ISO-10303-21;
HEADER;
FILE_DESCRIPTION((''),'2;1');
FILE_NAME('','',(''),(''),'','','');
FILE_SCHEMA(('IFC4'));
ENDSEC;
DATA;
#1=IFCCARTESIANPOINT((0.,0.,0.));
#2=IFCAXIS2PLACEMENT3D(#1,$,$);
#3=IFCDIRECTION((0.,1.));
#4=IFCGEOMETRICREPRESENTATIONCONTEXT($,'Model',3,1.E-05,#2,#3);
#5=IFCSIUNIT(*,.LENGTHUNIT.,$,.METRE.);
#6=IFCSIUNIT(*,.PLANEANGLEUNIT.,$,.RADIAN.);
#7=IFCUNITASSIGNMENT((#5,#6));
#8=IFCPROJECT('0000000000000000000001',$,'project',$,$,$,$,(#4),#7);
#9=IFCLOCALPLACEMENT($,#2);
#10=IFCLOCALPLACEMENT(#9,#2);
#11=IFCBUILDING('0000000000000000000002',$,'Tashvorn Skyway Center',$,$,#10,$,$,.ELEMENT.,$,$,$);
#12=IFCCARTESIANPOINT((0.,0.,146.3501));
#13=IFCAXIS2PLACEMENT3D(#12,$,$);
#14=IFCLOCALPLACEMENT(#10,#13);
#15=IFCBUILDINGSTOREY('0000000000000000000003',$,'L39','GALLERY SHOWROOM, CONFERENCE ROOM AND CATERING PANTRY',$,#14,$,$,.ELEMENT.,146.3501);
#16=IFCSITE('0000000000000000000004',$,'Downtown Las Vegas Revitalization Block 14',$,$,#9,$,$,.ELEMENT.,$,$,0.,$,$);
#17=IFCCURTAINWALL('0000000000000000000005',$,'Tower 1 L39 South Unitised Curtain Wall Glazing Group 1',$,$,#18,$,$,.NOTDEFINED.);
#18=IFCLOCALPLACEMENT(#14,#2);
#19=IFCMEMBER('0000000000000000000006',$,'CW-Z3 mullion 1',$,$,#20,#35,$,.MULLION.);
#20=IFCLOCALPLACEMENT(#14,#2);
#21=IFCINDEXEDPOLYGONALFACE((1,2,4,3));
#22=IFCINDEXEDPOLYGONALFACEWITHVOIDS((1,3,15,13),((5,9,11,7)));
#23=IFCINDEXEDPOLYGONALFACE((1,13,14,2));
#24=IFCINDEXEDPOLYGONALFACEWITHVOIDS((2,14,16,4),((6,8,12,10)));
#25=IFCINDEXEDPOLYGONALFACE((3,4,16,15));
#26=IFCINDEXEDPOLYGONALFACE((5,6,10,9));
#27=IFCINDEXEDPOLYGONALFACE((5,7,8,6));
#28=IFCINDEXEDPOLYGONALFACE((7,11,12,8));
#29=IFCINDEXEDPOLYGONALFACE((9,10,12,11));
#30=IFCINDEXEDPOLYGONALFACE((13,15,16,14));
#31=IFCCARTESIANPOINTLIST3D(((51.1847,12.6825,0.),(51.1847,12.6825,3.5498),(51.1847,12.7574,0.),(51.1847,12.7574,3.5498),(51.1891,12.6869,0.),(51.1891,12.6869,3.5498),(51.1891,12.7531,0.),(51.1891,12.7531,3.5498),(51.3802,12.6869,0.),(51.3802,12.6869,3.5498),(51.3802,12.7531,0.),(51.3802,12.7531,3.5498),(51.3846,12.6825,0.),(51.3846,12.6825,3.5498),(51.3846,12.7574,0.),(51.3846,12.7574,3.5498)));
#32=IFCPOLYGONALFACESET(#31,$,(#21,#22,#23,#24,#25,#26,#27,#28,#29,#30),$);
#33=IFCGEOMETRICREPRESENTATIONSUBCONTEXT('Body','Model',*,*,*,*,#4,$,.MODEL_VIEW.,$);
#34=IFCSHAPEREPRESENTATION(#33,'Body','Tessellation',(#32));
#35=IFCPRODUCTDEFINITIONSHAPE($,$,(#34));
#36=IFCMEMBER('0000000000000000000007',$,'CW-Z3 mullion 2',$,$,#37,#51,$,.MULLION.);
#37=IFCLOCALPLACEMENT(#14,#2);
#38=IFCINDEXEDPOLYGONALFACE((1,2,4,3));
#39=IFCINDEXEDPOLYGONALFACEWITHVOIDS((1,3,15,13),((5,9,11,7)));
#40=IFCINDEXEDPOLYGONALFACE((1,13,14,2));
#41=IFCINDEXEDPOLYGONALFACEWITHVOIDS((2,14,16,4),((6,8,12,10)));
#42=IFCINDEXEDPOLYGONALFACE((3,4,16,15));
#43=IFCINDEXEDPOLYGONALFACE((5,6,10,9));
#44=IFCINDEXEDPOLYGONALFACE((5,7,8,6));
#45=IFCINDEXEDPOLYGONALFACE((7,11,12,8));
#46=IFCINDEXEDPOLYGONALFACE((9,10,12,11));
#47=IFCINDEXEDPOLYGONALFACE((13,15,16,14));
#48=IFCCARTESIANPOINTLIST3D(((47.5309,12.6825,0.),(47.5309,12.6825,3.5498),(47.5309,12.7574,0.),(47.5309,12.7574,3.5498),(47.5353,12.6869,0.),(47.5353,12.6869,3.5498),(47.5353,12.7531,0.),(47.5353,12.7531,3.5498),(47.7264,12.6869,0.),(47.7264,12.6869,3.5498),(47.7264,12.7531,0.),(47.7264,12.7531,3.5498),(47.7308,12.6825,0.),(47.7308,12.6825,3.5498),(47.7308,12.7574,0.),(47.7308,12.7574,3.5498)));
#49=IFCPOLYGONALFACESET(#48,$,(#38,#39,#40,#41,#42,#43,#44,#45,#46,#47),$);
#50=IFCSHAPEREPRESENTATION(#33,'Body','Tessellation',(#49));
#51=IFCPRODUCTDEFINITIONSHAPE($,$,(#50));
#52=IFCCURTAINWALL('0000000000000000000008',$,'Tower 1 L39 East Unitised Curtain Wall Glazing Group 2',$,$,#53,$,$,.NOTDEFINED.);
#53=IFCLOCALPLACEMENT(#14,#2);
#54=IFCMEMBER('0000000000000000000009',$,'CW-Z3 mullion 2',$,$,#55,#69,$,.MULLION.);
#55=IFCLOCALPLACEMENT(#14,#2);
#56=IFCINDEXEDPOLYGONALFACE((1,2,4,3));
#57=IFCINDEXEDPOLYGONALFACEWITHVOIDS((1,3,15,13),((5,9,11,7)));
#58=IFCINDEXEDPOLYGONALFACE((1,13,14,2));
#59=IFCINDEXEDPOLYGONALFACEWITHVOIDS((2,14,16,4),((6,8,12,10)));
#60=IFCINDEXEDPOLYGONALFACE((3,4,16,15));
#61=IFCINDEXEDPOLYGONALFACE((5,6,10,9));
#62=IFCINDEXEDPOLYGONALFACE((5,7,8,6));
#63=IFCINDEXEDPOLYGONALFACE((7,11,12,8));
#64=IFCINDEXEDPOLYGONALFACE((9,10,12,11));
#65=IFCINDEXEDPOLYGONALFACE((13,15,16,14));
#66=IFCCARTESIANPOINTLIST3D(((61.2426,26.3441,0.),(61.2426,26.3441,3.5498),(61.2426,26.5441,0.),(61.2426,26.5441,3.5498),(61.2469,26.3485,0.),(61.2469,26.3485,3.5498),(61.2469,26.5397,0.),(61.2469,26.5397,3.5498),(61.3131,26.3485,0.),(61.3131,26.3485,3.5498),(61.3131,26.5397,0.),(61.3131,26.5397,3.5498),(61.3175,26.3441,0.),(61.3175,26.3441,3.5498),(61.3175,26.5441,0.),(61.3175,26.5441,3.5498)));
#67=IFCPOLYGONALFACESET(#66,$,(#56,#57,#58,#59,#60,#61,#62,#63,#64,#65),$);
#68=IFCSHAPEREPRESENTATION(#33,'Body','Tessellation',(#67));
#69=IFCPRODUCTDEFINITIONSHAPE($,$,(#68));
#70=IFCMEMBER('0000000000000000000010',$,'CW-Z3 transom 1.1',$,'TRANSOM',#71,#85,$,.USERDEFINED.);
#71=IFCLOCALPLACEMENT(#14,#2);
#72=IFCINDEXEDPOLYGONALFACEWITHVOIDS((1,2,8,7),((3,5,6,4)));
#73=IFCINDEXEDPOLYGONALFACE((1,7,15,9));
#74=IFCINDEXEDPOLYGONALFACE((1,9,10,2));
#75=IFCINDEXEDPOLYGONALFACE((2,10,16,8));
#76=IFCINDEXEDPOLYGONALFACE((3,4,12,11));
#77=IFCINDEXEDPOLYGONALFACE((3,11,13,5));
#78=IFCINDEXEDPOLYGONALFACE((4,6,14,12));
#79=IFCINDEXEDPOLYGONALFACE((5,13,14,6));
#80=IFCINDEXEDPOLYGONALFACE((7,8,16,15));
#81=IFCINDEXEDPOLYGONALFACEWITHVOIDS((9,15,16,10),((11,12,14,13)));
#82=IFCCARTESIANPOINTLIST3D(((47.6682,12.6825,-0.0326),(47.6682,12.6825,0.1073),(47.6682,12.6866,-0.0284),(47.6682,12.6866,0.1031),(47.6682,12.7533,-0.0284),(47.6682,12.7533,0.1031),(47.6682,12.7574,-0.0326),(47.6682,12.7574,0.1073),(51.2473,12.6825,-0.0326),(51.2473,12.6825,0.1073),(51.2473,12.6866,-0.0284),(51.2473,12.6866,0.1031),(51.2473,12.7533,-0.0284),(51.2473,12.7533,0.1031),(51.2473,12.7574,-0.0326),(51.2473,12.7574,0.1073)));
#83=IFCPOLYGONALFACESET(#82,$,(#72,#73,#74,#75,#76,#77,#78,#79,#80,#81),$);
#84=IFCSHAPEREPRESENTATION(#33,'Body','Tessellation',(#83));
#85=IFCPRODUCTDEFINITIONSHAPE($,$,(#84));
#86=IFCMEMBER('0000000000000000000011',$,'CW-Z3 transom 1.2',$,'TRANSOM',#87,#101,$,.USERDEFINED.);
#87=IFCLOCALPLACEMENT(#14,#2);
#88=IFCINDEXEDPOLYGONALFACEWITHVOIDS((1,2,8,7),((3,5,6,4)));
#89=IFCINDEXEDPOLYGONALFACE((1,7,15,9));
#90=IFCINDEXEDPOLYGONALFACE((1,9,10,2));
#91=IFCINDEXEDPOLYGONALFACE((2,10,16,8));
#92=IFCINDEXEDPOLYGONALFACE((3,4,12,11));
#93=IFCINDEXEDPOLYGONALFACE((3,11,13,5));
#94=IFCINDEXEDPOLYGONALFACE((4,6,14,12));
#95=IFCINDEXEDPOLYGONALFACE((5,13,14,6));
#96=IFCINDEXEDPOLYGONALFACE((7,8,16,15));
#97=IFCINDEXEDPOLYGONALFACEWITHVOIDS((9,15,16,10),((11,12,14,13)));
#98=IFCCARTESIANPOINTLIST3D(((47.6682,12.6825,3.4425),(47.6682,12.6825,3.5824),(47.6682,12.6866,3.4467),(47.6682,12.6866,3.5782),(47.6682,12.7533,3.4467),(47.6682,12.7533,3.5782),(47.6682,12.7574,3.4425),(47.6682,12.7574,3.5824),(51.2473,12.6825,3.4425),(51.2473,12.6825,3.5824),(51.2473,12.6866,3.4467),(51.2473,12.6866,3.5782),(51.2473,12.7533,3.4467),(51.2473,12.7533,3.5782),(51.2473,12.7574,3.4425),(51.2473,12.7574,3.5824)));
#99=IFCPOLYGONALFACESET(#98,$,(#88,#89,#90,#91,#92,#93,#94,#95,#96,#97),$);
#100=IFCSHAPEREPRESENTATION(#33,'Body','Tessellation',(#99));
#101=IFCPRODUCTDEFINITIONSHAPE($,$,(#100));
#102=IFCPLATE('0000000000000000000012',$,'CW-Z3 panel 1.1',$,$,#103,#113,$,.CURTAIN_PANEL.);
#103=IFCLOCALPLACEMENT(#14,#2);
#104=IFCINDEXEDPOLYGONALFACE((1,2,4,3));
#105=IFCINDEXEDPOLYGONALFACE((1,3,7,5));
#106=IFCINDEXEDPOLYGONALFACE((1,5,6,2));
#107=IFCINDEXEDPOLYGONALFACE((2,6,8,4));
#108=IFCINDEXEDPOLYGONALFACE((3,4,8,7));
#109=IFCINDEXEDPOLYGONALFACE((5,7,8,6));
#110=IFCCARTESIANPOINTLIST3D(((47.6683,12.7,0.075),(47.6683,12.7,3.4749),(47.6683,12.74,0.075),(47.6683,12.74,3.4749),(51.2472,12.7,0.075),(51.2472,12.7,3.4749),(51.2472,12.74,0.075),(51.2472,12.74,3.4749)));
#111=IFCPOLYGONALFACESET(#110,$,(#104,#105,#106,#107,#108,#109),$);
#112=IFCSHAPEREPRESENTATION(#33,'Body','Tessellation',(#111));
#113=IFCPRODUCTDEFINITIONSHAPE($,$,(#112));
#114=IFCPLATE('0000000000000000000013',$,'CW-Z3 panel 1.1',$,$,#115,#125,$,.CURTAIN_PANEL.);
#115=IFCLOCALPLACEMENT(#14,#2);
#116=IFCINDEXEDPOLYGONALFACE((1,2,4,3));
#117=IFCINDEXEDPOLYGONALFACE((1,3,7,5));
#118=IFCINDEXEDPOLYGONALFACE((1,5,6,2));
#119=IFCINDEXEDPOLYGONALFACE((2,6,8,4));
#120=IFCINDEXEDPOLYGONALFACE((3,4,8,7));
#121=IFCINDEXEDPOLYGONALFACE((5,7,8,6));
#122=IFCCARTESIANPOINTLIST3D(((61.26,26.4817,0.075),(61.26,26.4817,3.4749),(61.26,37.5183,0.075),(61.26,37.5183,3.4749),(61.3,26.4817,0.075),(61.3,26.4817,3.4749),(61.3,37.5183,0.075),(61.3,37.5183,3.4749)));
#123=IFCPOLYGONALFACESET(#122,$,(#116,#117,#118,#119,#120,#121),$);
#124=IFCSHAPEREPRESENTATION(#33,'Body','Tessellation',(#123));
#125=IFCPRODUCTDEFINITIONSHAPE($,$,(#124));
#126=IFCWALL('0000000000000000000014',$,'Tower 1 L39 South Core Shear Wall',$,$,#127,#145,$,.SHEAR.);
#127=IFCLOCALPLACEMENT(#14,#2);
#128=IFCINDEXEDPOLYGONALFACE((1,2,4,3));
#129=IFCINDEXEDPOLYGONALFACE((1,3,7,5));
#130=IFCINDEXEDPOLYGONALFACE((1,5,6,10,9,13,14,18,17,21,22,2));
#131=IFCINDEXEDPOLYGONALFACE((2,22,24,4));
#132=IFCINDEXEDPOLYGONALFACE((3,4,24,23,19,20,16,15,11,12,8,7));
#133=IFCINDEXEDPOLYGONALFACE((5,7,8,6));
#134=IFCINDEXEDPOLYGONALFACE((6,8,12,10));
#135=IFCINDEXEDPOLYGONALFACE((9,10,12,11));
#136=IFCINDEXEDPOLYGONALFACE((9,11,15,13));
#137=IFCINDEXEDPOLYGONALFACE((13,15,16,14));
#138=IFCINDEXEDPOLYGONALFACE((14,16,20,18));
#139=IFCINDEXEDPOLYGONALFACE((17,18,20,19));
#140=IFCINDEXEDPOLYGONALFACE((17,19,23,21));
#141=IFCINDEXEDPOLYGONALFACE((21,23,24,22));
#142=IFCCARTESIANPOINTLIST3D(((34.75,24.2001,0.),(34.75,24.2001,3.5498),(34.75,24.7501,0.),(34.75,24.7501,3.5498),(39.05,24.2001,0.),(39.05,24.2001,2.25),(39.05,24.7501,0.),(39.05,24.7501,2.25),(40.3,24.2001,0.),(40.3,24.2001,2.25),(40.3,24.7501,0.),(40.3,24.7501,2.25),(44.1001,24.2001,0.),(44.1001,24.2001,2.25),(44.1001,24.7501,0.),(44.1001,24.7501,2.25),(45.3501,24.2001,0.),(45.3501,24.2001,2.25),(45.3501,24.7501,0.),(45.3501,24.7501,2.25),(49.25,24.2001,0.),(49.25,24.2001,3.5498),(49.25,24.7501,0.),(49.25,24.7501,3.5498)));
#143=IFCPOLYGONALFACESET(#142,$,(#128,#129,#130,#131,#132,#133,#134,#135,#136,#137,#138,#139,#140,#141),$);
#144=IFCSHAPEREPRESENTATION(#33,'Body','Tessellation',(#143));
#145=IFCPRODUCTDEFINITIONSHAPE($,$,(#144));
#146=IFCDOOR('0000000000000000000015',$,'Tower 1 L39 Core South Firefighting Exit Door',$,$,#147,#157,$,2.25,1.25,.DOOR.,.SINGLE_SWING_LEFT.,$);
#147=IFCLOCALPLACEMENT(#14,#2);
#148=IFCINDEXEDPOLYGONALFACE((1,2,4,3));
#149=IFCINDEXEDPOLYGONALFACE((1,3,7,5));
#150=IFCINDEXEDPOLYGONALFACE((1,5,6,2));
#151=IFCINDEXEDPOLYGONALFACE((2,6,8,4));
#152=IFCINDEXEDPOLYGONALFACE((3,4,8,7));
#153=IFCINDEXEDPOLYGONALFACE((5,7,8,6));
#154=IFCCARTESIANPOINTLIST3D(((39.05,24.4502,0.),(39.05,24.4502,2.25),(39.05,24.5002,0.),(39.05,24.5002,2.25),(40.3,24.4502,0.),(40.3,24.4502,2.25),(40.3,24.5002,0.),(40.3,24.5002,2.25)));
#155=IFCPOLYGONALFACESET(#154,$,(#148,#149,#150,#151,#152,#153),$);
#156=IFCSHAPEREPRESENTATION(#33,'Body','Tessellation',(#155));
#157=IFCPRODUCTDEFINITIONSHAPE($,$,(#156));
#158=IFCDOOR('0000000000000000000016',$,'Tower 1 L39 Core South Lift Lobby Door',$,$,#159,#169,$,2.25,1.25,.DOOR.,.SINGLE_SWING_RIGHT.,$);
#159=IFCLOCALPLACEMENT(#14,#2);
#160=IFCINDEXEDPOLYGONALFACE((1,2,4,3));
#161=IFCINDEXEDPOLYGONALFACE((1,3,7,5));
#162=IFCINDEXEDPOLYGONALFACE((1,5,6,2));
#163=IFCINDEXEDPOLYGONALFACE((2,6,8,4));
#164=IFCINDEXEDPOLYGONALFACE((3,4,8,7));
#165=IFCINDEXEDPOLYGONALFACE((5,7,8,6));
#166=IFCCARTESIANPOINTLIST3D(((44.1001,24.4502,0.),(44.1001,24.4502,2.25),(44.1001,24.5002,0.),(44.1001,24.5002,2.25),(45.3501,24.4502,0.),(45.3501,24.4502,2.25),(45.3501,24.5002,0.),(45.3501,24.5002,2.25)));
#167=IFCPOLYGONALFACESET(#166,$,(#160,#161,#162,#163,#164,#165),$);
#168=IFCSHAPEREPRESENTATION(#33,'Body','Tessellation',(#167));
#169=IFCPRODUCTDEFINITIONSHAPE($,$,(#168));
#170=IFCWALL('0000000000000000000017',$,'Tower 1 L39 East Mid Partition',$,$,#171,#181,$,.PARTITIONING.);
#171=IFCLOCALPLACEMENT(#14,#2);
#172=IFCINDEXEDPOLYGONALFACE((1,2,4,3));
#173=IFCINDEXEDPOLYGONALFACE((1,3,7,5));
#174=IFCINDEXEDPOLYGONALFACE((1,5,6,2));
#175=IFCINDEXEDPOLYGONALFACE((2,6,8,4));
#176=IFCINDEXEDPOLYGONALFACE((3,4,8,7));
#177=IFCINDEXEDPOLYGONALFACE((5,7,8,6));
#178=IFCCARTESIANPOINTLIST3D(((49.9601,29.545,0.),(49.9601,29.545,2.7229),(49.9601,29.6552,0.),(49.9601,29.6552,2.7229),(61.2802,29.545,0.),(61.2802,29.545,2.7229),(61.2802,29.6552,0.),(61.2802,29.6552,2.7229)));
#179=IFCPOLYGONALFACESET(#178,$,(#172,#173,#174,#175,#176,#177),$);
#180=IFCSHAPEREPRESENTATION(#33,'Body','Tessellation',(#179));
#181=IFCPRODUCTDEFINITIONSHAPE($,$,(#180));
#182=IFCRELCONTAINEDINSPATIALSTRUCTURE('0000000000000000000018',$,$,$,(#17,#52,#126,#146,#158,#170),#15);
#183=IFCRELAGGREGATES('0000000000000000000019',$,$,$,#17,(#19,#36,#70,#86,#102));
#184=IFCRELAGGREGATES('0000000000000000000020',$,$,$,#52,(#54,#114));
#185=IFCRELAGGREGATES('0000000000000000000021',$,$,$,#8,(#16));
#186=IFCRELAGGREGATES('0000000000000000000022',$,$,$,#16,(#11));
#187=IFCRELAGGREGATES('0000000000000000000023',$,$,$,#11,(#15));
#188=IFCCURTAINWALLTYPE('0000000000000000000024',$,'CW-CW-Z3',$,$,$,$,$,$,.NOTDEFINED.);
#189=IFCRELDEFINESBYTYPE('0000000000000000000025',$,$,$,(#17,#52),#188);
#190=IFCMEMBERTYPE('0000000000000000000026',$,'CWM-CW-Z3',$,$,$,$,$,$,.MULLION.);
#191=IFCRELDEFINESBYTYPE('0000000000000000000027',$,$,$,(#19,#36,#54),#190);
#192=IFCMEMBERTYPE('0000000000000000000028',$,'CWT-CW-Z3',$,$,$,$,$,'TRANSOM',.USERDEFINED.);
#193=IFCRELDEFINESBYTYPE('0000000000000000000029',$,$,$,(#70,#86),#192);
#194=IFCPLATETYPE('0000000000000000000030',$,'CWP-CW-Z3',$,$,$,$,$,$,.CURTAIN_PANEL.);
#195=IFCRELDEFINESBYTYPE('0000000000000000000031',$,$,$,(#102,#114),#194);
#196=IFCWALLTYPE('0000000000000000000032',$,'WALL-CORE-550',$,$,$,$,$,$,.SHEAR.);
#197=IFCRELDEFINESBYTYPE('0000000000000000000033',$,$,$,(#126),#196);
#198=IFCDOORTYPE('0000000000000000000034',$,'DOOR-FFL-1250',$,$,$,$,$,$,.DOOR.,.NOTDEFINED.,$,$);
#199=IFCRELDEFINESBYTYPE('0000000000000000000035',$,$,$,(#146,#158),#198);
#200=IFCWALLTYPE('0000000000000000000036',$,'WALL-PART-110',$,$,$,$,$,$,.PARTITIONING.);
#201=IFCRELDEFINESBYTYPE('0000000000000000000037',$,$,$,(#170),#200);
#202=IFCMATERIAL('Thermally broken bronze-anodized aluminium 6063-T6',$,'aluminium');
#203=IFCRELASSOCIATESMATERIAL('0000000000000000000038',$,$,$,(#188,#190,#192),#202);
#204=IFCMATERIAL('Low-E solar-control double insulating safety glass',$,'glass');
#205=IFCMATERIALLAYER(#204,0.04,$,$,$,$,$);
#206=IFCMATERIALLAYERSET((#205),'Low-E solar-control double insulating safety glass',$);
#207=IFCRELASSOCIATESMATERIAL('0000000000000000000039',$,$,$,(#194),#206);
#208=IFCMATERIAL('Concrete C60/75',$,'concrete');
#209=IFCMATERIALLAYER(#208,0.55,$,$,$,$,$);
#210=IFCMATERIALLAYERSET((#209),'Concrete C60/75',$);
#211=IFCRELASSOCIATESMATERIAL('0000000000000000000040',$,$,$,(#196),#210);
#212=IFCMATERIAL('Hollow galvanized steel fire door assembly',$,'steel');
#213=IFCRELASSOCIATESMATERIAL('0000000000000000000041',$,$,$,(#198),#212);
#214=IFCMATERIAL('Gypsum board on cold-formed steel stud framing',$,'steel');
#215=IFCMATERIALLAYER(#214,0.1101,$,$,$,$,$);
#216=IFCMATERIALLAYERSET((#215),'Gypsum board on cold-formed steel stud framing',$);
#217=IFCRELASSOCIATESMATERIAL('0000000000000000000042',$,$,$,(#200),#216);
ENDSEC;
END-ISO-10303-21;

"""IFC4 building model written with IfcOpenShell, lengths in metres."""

from ifc_helpers import new_model, si_unit, direction, frame, frame_2d, origin, origin_2d, place, context, subcontext, project, spatial, rectangle, hollow_rectangle, extrude, material, layer, layer_set, material_profile, profile_set, type_object, element, fill, aggregate, save


model = new_model("IFC4")

# Units and contexts
model_context = context("Model", 3, precision=1e-05, world=origin(), true_north=direction((0.0, 1.0)))
body_context = subcontext(model_context, "Body", "Model", "MODEL_VIEW")
ifc_project = project(units=[si_unit("LENGTHUNIT", "METRE"), si_unit("PLANEANGLEUNIT", "RADIAN")], contexts=[model_context])

# Site, building, storey
site_placement = place(None, origin())
site = spatial("IfcSite", under=ifc_project, at=site_placement, Name="Downtown Las Vegas Revitalization Block 14", CompositionType="ELEMENT", RefElevation=0.0)
building_placement = place(site_placement, origin())
building = spatial("IfcBuilding", under=site, at=building_placement, Name="Tashvorn Skyway Center", CompositionType="ELEMENT")
storey_placement = place(building_placement, frame((0.0, 0.0, 146.3501)))
storey = spatial("IfcBuildingStorey", under=building, at=storey_placement, Name="L39", Description="GALLERY SHOWROOM, CONFERENCE ROOM AND CATERING PANTRY", CompositionType="ELEMENT", Elevation=146.3501)

# Curtain wall, members
ifc_material_1 = material(Name="Thermally broken bronze-anodized aluminium 6063-T6", Category="aluminium")
curtain_wall_type = type_object("IfcCurtainWallType", Name="CW-CW-Z3", PredefinedType="NOTDEFINED", material=ifc_material_1)
curtain_wall_1_placement = place(storey_placement, origin())
curtain_wall_1 = element("IfcCurtainWall", 1, at=curtain_wall_1_placement, inside=storey, type_object=curtain_wall_type, Name="Tower 1 L39 South Unitised Curtain Wall Glazing Group 1", PredefinedType="NOTDEFINED")
ifc_material_profile_1 = material_profile(ifc_material_1, hollow_rectangle(XDim=0.075, YDim=0.2, WallThickness=0.0044, at=origin_2d()), Name="ALU-MULL-75x200")
ifc_profile_set_1 = profile_set([ifc_material_profile_1], Name="Thermally broken bronze-anodized aluminium 6063-T6")
member_type_1 = type_object("IfcMemberType", Name="CWM-CW-Z3", PredefinedType="MULLION", material=ifc_profile_set_1)
member_1_placement = place(storey_placement, frame((51.2847, 12.72, 0.0), z_axis=(0.0, 0.0, 1.0), x_axis=(0.0, -1.0, 0.0)))
member_1 = element("IfcMember", 2, at=member_1_placement, type_object=member_type_1, Name="CW-Z3 mullion 1", PredefinedType="MULLION", context=body_context, shape_type="SweptSolid", body=[
    extrude(hollow_rectangle(XDim=0.075, YDim=0.2, WallThickness=0.0044, at=origin_2d()), origin(), (0.0, 0.0, 1.0), 3.5498),
])
member_2_placement = place(storey_placement, frame((47.6309, 12.72, 0.0), z_axis=(0.0, 0.0, 1.0), x_axis=(0.0, -1.0, 0.0)))
member_2 = element("IfcMember", 3, at=member_2_placement, type_object=member_type_1, Name="CW-Z3 mullion 2", PredefinedType="MULLION", context=body_context, shape_type="SweptSolid", body=[
    extrude(hollow_rectangle(XDim=0.075, YDim=0.2, WallThickness=0.0044, at=origin_2d()), origin(), (0.0, 0.0, 1.0), 3.5498),
])

# Curtain wall, member
curtain_wall_2_placement = place(storey_placement, origin())
curtain_wall_2 = element("IfcCurtainWall", 4, at=curtain_wall_2_placement, inside=storey, type_object=curtain_wall_type, Name="Tower 1 L39 East Unitised Curtain Wall Glazing Group 2", PredefinedType="NOTDEFINED")
member_3_placement = place(storey_placement, frame((61.28, 26.4441, 0.0), z_axis=(0.0, 0.0, 1.0), x_axis=(1.0, 0.0, 0.0)))
member_3 = element("IfcMember", 5, at=member_3_placement, type_object=member_type_1, Name="CW-Z3 mullion 2", PredefinedType="MULLION", context=body_context, shape_type="SweptSolid", body=[
    extrude(hollow_rectangle(XDim=0.075, YDim=0.2, WallThickness=0.0044, at=origin_2d()), origin(), (0.0, 0.0, 1.0), 3.5498),
])

# Members
ifc_material_profile_2 = material_profile(ifc_material_1, hollow_rectangle(XDim=0.075, YDim=0.1399, WallThickness=0.0042, at=origin_2d()), Name="ALU-TRAN-75x140")
ifc_profile_set_2 = profile_set([ifc_material_profile_2], Name="Thermally broken bronze-anodized aluminium 6063-T6")
member_type_2 = type_object("IfcMemberType", Name="CWT-CW-Z3", ElementType="TRANSOM", PredefinedType="USERDEFINED", material=ifc_profile_set_2)
member_4_placement = place(storey_placement, frame((51.2473, 12.72, 0.0374), z_axis=(-1.0, 0.0, 0.0), x_axis=(0.0, -1.0, 0.0)))
member_4 = element("IfcMember", 6, at=member_4_placement, type_object=member_type_2, Name="CW-Z3 transom 1.1", ObjectType="TRANSOM", PredefinedType="USERDEFINED", context=body_context, shape_type="SweptSolid", body=[
    extrude(hollow_rectangle(XDim=0.075, YDim=0.1399, WallThickness=0.0042, at=origin_2d()), origin(), (0.0, 0.0, 1.0), 3.5791),
])
member_5_placement = place(storey_placement, frame((51.2473, 12.72, 3.5125), z_axis=(-1.0, 0.0, 0.0), x_axis=(0.0, -1.0, 0.0)))
member_5 = element("IfcMember", 7, at=member_5_placement, type_object=member_type_2, Name="CW-Z3 transom 1.2", ObjectType="TRANSOM", PredefinedType="USERDEFINED", context=body_context, shape_type="SweptSolid", body=[
    extrude(hollow_rectangle(XDim=0.075, YDim=0.1399, WallThickness=0.0042, at=origin_2d()), origin(), (0.0, 0.0, 1.0), 3.5791),
])

# Plates
ifc_material_2 = material(Name="Low-E solar-control double insulating safety glass", Category="glass")
ifc_layer_1 = layer(ifc_material_2, 0.04)
ifc_layer_set_1 = layer_set([ifc_layer_1], Name="Low-E solar-control double insulating safety glass")
plate_type = type_object("IfcPlateType", Name="CWP-CW-Z3", PredefinedType="CURTAIN_PANEL", material=ifc_layer_set_1)
plate_1_placement = place(storey_placement, frame((49.4578, 12.72, 0.075), z_axis=(0.0, 0.0, 1.0), x_axis=(-1.0, 0.0, 0.0)))
plate_1 = element("IfcPlate", 8, at=plate_1_placement, type_object=plate_type, Name="CW-Z3 panel 1.1", PredefinedType="CURTAIN_PANEL", context=body_context, shape_type="SweptSolid", body=[
    extrude(rectangle(XDim=3.5789, YDim=0.04, at=origin_2d()), origin(), (0.0, 0.0, 1.0), 3.3999),
])
aggregate(curtain_wall_1, [member_1, member_2, member_4, member_5, plate_1])
plate_2_placement = place(storey_placement, frame((61.28, 32.0, 0.075), z_axis=(0.0, 0.0, 1.0), x_axis=(0.0, -1.0, 0.0)))
plate_2 = element("IfcPlate", 9, at=plate_2_placement, type_object=plate_type, Name="CW-Z3 panel 1.1", PredefinedType="CURTAIN_PANEL", context=body_context, shape_type="SweptSolid", body=[
    extrude(rectangle(XDim=11.0366, YDim=0.04, at=origin_2d()), origin(), (0.0, 0.0, 1.0), 3.3999),
])
aggregate(curtain_wall_2, [member_3, plate_2])

# Wall, openings, doors
ifc_material_3 = material(Name="Concrete C60/75", Category="concrete")
ifc_layer_2 = layer(ifc_material_3, 0.55)
ifc_layer_set_2 = layer_set([ifc_layer_2], Name="Concrete C60/75")
wall_type_1 = type_object("IfcWallType", Name="WALL-CORE-550", PredefinedType="SHEAR", material=ifc_layer_set_2)
wall_1_placement = place(storey_placement, frame((49.25, 24.4751, 0.0), z_axis=(0.0, 0.0, 1.0), x_axis=(-1.0, 0.0, 0.0)))
wall_1 = element("IfcWall", 10, at=wall_1_placement, inside=storey, type_object=wall_type_1, Name="Tower 1 L39 South Core Shear Wall", PredefinedType="SHEAR", context=body_context, shape_type="SweptSolid", body=[
    extrude(rectangle(XDim=14.5, YDim=0.55, at=frame_2d((7.25, 0.0))), origin(), (0.0, 0.0, 1.0), 3.5498),
])
opening_1_placement = place(wall_1_placement, frame((8.95, 0.0, 0.0)))
opening_1 = element("IfcOpeningElement", 11, at=opening_1_placement, cuts=wall_1, PredefinedType="OPENING", context=body_context, shape_type="SweptSolid", body=[
    extrude(rectangle(XDim=1.25, YDim=2.25, at=frame_2d((0.625, 1.125))), frame((0.0, 0.2849, 0.0), z_axis=(0.0, -1.0, 0.0), x_axis=(1.0, 0.0, 0.0)), (0.0, 0.0, 1.0), 0.5701),
])
opening_2_placement = place(wall_1_placement, frame((3.8999, 0.0, 0.0)))
opening_2 = element("IfcOpeningElement", 12, at=opening_2_placement, cuts=wall_1, PredefinedType="OPENING", context=body_context, shape_type="SweptSolid", body=[
    extrude(rectangle(XDim=1.25, YDim=2.25, at=frame_2d((0.625, 1.125))), frame((0.0, 0.2849, 0.0), z_axis=(0.0, -1.0, 0.0), x_axis=(1.0, 0.0, 0.0)), (0.0, 0.0, 1.0), 0.5701),
])
ifc_material_4 = material(Name="Hollow galvanized steel fire door assembly", Category="steel")
door_type_1 = type_object("IfcDoorType", Name="DOOR-FFL-1250", OperationType="NOTDEFINED", PredefinedType="DOOR", material=ifc_material_4)
door_1_placement = place(opening_1_placement, origin())
door_1 = element("IfcDoor", 13, at=door_1_placement, inside=storey, type_object=door_type_1, Name="Tower 1 L39 Core South Firefighting Exit Door", OperationType="SINGLE_SWING_LEFT", OverallHeight=2.25, OverallWidth=1.25, PredefinedType="DOOR", context=body_context, shape_type="SweptSolid", body=[
    extrude(rectangle(XDim=1.25, YDim=2.25, at=frame_2d((0.625, 1.125))), frame((0.0, 0.0249, 0.0), z_axis=(0.0, -1.0, 0.0), x_axis=(1.0, 0.0, 0.0)), (0.0, 0.0, 1.0), 0.05),
])
fill(opening_1, door_1)
door_2_placement = place(opening_2_placement, origin())
door_2 = element("IfcDoor", 14, at=door_2_placement, inside=storey, type_object=door_type_1, Name="Tower 1 L39 Core South Lift Lobby Door", OperationType="SINGLE_SWING_RIGHT", OverallHeight=2.25, OverallWidth=1.25, PredefinedType="DOOR", context=body_context, shape_type="SweptSolid", body=[
    extrude(rectangle(XDim=1.25, YDim=2.25, at=frame_2d((0.625, 1.125))), frame((0.0, 0.0249, 0.0), z_axis=(0.0, -1.0, 0.0), x_axis=(1.0, 0.0, 0.0)), (0.0, 0.0, 1.0), 0.05),
])
fill(opening_2, door_2)

# Wall
ifc_material_5 = material(Name="Gypsum board on cold-formed steel stud framing", Category="steel")
ifc_layer_3 = layer(ifc_material_5, 0.1101)
ifc_layer_set_3 = layer_set([ifc_layer_3], Name="Gypsum board on cold-formed steel stud framing")
wall_type_2 = type_object("IfcWallType", Name="WALL-PART-110", PredefinedType="PARTITIONING", material=ifc_layer_set_3)
wall_2_placement = place(storey_placement, frame((49.96, 29.6001, 0.0), z_axis=(0.0, 0.0, 1.0), x_axis=(1.0, 0.0, 0.0)))
element("IfcWall", 15, at=wall_2_placement, inside=storey, type_object=wall_type_2, Name="Tower 1 L39 East Mid Partition", PredefinedType="PARTITIONING", context=body_context, shape_type="SweptSolid", body=[
    extrude(rectangle(XDim=11.3201, YDim=0.1101, at=frame_2d((5.6602, 0.0))), origin(), (0.0, 0.0, 1.0), 2.7229),
])

save(model, "model.ifc")
